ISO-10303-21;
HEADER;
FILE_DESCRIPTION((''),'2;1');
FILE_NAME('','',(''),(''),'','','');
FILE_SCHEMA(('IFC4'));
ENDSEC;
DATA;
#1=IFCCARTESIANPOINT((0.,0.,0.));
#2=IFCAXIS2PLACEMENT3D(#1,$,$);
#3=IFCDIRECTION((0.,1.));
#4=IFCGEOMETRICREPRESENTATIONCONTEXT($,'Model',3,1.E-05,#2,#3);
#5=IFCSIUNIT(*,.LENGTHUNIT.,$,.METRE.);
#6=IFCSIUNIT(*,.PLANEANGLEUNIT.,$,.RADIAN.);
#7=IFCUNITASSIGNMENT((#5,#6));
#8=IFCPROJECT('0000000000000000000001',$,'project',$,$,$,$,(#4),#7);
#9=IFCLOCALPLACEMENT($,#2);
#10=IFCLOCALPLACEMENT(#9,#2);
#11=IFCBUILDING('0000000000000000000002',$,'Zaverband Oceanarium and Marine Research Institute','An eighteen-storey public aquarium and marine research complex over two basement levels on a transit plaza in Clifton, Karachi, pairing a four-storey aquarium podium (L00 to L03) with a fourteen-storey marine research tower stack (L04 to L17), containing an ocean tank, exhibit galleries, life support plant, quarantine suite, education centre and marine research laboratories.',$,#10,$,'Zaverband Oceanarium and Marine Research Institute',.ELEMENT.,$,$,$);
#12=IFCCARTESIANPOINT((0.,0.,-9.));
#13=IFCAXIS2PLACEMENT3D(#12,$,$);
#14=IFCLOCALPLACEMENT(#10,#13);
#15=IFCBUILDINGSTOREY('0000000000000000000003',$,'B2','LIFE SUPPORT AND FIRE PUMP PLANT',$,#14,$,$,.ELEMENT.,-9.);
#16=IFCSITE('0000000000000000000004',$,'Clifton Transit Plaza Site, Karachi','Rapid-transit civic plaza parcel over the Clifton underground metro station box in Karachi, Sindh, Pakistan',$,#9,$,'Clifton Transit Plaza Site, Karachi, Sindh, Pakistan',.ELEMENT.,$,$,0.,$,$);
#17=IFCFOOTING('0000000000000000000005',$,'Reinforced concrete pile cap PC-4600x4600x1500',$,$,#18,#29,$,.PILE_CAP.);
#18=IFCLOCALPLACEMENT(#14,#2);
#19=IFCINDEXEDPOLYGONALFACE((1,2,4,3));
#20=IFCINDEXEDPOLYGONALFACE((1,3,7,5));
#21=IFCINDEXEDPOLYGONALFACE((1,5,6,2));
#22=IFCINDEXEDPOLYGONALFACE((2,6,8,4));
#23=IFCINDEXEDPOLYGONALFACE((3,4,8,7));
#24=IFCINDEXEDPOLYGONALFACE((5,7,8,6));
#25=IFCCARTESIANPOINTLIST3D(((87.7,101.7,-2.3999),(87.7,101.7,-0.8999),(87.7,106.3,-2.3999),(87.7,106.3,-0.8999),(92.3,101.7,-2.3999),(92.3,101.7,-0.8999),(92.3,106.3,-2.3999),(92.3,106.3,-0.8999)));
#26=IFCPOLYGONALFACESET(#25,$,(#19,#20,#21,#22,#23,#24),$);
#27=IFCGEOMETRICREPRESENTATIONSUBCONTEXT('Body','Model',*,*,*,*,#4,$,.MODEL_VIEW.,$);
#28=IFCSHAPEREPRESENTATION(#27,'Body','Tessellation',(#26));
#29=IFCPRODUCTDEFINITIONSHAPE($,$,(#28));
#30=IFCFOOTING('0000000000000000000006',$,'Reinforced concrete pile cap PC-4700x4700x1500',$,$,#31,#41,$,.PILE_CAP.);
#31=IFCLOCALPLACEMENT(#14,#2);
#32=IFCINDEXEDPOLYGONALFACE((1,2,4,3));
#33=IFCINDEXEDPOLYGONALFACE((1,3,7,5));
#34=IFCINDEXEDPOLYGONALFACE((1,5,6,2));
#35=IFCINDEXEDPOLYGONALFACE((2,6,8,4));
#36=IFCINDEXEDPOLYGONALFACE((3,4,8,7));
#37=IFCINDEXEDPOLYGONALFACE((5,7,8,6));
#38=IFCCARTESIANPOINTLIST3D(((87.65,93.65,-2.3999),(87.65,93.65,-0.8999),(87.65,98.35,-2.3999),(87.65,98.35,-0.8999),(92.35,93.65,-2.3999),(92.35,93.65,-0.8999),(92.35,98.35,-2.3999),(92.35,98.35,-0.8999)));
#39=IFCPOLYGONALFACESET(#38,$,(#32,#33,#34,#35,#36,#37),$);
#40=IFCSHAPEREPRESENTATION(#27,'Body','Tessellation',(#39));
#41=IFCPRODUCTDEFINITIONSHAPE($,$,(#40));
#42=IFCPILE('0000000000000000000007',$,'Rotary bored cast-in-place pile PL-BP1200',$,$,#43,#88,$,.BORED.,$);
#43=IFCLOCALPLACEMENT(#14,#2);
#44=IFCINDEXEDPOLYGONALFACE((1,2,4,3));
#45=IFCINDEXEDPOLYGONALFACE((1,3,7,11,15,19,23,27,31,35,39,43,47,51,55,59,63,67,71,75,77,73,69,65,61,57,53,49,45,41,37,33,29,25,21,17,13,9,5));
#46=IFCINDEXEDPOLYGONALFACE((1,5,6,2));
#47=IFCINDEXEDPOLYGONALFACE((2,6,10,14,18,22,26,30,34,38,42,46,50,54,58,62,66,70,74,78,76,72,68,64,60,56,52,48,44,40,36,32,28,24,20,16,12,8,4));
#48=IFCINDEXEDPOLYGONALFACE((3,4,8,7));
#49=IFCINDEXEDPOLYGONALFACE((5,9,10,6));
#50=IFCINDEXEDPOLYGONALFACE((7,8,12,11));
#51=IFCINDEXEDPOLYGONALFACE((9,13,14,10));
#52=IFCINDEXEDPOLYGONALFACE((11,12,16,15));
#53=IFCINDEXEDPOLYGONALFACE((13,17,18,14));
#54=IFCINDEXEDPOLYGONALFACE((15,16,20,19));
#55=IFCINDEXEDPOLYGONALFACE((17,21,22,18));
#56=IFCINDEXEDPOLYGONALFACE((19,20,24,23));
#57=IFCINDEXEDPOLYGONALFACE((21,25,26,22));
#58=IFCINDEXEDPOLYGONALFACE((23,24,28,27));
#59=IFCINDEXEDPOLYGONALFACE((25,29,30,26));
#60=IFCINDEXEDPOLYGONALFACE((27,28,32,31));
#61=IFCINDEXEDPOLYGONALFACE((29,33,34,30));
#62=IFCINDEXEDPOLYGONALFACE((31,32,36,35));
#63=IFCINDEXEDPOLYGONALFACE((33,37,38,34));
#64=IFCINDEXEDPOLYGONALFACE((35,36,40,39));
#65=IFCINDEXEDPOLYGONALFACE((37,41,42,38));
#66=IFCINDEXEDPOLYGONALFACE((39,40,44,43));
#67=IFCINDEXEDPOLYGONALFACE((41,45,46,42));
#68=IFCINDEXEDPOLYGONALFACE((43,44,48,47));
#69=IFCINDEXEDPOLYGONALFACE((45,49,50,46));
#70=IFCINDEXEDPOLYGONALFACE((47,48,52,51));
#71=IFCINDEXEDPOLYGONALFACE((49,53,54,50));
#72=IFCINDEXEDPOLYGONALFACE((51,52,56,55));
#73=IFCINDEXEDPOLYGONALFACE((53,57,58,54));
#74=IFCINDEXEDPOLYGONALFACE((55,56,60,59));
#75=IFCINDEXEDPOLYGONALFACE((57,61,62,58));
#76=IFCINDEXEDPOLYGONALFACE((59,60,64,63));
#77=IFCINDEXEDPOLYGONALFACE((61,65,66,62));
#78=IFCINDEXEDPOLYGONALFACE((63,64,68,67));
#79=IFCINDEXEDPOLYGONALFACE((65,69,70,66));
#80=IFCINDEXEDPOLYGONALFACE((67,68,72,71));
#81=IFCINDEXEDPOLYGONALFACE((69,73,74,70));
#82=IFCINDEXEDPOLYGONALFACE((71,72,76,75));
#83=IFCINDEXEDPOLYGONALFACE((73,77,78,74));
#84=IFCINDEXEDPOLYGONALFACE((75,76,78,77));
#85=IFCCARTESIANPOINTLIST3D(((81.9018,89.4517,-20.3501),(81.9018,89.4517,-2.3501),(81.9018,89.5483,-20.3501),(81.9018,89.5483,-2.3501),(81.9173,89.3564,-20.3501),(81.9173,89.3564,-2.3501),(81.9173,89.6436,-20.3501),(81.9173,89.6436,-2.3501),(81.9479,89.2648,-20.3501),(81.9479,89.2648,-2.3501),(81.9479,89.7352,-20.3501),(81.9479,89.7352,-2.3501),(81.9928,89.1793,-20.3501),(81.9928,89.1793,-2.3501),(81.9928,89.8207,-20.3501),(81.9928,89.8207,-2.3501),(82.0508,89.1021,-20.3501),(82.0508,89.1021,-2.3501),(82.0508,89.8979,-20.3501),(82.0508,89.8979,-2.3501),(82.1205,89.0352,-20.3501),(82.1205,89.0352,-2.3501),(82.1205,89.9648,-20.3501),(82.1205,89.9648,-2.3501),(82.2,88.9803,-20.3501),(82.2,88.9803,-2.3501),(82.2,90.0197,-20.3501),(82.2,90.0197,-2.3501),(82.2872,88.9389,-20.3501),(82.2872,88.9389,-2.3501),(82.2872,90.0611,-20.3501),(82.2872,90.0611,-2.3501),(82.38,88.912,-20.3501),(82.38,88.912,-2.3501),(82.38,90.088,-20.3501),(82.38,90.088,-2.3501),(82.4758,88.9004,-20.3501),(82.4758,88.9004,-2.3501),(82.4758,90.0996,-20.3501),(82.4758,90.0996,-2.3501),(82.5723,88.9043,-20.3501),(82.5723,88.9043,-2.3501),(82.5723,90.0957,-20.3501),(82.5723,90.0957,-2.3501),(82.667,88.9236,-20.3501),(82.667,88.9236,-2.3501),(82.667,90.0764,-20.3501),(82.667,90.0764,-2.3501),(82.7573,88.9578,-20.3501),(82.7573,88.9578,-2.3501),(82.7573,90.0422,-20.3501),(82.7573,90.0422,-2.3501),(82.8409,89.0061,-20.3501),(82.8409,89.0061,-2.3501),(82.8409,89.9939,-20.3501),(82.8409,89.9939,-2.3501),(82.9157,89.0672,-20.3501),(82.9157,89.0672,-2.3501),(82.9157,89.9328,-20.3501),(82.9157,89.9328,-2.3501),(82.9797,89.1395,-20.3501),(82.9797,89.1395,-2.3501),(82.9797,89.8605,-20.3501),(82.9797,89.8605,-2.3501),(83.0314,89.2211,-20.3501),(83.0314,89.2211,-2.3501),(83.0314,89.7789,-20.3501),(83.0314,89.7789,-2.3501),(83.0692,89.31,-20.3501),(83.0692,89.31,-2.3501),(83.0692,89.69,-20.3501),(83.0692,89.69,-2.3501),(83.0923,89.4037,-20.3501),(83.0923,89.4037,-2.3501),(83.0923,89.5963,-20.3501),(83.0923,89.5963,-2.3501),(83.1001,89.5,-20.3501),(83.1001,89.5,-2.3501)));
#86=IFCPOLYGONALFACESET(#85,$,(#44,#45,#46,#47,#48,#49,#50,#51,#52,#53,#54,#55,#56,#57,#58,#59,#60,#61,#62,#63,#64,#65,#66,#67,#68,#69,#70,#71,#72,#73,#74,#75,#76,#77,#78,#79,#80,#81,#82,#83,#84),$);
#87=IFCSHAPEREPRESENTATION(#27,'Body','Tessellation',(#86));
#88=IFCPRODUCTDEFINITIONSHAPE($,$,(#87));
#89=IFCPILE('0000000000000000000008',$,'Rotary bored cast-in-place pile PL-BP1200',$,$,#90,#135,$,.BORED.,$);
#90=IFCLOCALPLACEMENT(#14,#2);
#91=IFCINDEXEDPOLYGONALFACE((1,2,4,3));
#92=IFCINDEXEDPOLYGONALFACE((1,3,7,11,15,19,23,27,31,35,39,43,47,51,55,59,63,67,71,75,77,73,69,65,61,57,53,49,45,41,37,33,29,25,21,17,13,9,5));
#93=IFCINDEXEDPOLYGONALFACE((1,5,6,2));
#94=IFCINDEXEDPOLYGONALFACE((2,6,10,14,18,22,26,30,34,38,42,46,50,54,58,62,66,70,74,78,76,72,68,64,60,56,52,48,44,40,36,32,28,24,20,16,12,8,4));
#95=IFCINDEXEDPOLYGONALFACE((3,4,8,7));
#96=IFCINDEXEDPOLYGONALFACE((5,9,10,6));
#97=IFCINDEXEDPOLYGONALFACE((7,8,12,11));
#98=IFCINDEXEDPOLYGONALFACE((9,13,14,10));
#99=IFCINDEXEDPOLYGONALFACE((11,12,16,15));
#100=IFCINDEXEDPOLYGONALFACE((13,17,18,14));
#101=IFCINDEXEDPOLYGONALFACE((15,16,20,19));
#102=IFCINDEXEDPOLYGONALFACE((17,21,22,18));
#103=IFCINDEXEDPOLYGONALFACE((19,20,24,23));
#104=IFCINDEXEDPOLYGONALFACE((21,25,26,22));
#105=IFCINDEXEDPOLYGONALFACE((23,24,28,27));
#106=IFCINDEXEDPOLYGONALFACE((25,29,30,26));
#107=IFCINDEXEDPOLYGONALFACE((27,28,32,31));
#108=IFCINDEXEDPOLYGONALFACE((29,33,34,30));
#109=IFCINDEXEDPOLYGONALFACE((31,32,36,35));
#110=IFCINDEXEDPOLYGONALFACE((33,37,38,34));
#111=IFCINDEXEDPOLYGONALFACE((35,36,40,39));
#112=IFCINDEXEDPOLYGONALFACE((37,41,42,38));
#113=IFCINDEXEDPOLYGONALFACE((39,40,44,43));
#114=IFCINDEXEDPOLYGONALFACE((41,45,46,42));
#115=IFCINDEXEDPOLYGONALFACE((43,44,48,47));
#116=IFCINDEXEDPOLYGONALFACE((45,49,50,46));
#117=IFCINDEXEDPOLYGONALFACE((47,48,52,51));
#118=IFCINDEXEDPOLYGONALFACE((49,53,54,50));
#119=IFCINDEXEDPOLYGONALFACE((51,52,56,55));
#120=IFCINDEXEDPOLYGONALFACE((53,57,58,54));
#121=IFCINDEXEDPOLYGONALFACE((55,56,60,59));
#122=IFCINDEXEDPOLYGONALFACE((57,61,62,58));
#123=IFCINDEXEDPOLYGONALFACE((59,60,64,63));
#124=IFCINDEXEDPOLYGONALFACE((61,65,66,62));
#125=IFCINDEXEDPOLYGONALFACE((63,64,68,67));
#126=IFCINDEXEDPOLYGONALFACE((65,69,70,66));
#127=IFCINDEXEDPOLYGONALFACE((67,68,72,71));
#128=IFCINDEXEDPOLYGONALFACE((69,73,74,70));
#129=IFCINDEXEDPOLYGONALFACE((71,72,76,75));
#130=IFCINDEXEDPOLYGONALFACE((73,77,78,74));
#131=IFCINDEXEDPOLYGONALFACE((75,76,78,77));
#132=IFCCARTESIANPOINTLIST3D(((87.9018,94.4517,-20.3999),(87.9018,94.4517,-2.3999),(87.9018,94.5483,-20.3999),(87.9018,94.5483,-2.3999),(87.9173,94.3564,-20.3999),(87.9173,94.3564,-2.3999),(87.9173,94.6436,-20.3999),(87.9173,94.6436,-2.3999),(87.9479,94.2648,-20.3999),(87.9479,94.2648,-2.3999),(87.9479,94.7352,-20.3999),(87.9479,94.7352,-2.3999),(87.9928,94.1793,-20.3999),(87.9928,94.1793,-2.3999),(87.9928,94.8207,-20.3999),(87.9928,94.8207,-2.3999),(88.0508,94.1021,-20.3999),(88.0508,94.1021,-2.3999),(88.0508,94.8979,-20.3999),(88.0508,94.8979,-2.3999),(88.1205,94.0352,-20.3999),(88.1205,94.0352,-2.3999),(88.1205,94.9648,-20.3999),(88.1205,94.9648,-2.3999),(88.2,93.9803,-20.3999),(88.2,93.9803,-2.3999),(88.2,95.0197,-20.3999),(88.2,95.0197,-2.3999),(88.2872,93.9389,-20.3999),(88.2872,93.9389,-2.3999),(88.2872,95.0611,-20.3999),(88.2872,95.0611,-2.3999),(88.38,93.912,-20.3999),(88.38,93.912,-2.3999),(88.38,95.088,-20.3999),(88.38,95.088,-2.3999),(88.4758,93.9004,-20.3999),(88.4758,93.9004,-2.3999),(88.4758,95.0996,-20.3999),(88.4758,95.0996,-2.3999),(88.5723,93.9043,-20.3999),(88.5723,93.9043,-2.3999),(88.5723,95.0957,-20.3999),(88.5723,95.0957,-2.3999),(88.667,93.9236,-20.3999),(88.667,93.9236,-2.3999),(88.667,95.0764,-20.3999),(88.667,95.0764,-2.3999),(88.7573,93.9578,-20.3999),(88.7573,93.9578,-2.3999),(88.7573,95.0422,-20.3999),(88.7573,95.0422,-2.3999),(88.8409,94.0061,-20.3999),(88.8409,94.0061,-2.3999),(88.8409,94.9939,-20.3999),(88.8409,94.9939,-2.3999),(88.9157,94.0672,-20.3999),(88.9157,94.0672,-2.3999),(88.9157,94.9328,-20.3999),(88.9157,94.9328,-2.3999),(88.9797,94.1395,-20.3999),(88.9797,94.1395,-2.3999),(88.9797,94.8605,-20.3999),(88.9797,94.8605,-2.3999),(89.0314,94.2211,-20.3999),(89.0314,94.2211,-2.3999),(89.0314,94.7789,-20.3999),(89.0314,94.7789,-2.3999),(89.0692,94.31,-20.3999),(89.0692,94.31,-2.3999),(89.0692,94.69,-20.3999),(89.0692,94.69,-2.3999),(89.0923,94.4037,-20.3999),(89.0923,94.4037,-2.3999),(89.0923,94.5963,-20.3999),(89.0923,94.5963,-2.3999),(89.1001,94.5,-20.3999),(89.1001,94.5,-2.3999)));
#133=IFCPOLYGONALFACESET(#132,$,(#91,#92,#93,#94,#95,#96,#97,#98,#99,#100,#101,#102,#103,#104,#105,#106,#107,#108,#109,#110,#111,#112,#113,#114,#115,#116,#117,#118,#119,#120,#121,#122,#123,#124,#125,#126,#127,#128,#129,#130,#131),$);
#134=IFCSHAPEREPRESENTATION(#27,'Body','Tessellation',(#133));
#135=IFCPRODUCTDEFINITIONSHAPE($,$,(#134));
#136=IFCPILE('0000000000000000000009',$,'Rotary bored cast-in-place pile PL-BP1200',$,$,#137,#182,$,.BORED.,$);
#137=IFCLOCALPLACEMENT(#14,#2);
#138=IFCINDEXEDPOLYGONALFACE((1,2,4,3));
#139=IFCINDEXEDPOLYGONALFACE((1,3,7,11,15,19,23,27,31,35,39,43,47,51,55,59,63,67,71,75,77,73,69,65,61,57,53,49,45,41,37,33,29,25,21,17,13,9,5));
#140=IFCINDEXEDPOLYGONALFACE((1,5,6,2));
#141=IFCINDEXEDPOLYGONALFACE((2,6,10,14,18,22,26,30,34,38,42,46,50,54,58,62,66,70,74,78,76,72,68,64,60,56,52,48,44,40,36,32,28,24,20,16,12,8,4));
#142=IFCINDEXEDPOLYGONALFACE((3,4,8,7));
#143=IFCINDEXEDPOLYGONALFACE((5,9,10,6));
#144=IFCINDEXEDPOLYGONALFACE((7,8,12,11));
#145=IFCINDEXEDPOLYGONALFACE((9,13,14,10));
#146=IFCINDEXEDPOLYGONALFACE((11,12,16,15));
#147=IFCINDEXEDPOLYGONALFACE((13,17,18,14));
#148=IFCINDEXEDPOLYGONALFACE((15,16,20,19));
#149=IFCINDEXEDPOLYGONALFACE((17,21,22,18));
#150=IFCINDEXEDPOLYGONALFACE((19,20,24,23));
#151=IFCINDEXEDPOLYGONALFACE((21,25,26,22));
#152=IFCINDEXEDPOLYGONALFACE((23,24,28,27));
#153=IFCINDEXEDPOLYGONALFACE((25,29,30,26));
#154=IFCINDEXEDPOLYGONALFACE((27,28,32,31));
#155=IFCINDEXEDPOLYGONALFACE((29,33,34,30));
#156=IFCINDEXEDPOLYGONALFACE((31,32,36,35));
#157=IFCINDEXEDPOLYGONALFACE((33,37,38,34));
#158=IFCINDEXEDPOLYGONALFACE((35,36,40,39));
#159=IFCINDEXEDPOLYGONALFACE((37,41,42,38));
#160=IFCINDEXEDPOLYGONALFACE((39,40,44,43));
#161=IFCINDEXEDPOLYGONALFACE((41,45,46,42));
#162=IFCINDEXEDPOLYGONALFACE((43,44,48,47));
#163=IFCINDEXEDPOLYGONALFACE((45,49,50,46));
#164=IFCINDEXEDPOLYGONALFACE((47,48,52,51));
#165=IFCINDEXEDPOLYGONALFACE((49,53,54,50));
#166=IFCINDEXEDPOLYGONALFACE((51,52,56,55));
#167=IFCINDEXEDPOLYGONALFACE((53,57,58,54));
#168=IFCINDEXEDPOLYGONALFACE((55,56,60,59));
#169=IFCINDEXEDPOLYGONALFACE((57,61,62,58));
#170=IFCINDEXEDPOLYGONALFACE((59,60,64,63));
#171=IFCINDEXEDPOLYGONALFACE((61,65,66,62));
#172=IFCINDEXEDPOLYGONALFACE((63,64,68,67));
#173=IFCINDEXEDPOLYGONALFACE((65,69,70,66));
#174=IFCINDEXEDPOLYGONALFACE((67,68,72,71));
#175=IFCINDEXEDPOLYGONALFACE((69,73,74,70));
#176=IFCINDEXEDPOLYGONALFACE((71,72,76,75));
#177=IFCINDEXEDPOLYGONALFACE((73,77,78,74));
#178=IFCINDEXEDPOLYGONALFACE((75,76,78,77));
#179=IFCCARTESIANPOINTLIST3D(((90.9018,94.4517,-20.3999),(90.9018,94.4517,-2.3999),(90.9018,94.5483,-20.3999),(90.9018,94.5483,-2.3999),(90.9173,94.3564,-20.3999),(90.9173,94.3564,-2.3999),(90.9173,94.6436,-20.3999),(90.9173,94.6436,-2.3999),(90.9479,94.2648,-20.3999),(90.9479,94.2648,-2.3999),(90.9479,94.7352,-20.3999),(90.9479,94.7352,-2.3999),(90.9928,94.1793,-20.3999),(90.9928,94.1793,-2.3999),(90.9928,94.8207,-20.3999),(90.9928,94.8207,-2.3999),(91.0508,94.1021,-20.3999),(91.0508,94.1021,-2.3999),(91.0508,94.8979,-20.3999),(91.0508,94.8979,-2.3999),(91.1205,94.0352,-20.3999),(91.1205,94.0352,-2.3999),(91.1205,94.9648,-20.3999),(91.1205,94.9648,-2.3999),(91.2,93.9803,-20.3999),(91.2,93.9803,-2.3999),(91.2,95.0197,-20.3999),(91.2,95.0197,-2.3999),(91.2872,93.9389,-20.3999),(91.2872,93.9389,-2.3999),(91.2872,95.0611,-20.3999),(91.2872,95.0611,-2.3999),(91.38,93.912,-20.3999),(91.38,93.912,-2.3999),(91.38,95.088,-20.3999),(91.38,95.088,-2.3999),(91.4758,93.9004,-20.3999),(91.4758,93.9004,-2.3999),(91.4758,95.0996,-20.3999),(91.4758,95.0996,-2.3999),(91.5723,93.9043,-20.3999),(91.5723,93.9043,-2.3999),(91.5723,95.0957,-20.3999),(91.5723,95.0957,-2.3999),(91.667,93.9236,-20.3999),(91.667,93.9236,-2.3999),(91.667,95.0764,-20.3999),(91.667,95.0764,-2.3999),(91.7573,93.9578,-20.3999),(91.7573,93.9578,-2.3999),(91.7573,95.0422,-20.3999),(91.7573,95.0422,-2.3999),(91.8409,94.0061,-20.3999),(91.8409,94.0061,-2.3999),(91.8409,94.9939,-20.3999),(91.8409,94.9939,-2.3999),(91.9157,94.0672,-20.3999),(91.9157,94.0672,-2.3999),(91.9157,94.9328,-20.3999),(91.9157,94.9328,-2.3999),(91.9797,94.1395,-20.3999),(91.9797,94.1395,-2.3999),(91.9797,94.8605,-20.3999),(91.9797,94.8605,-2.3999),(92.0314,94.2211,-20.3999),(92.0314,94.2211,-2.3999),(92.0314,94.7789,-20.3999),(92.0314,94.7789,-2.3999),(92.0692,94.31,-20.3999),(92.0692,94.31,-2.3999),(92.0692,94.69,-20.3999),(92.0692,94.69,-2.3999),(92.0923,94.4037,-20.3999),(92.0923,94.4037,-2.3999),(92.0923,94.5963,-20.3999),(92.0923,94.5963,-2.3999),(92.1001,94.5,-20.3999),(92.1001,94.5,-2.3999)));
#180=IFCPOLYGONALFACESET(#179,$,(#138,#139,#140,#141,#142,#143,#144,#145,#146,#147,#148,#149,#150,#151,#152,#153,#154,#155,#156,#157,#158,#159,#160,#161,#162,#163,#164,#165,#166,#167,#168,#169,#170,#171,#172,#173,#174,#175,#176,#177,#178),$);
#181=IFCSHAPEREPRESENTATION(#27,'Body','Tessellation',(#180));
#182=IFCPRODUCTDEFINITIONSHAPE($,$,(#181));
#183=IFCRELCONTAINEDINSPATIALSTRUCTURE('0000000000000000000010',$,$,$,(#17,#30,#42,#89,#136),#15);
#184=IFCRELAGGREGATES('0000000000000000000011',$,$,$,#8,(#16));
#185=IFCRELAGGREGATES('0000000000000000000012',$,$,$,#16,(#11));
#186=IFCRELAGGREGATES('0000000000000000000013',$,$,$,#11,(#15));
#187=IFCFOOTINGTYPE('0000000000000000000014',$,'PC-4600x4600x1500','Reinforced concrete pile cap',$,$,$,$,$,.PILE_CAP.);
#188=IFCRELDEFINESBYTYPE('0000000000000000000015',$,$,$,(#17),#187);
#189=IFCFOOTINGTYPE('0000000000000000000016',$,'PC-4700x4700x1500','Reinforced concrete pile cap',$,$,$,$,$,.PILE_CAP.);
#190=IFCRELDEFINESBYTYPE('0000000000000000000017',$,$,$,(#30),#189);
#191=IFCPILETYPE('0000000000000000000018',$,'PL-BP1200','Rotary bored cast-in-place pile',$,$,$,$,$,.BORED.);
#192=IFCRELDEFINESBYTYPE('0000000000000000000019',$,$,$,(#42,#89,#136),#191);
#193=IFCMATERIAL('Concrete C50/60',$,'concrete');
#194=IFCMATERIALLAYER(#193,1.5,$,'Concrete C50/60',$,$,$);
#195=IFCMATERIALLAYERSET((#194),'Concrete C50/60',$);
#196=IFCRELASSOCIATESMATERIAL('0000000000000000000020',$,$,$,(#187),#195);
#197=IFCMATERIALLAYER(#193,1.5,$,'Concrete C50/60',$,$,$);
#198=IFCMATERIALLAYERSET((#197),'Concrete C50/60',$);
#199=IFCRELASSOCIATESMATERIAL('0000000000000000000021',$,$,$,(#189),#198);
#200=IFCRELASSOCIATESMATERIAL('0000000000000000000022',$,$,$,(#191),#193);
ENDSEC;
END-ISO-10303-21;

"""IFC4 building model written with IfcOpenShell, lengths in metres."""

from ifc_helpers import new_model, si_unit, direction, frame, origin, origin_2d, place, context, subcontext, project, spatial, rectangle, circle, extrude, material, layer, layer_set, material_profile, profile_set, type_object, element, save


model = new_model("IFC4")

# Units and contexts
model_context = context("Model", 3, precision=1e-05, world=origin(), true_north=direction((0.0, 1.0)))
body_context = subcontext(model_context, "Body", "Model", "MODEL_VIEW")
ifc_project = project(units=[si_unit("LENGTHUNIT", "METRE"), si_unit("PLANEANGLEUNIT", "RADIAN")], contexts=[model_context])

# Site, building, storey
site_placement = place(None, origin())
site = spatial("IfcSite", under=ifc_project, at=site_placement, Name="Clifton Transit Plaza Site, Karachi", Description="Rapid-transit civic plaza parcel over the Clifton underground metro station box in Karachi, Sindh, Pakistan", LongName="Clifton Transit Plaza Site, Karachi, Sindh, Pakistan", CompositionType="ELEMENT", RefElevation=0.0)
building_placement = place(site_placement, origin())
building = spatial("IfcBuilding", under=site, at=building_placement, Name="Zaverband Oceanarium and Marine Research Institute", Description="An eighteen-storey public aquarium and marine research complex over two basement levels on a transit plaza in Clifton, Karachi, pairing a four-storey aquarium podium (L00 to L03) with a fourteen-storey marine research tower stack (L04 to L17), containing an ocean tank, exhibit galleries, life support plant, quarantine suite, education centre and marine research laboratories.", LongName="Zaverband Oceanarium and Marine Research Institute", CompositionType="ELEMENT")
storey_placement = place(building_placement, frame((0.0, 0.0, -9.0)))
storey = spatial("IfcBuildingStorey", under=building, at=storey_placement, Name="B2", Description="LIFE SUPPORT AND FIRE PUMP PLANT", CompositionType="ELEMENT", Elevation=-9.0)

# Footings
ifc_material_1 = material(Name="Concrete C50/60", Category="concrete")
ifc_layer_1 = layer(ifc_material_1, 1.5, Name="Concrete C50/60")
ifc_layer_set_1 = layer_set([ifc_layer_1], Name="Concrete C50/60")
footing_type_1 = type_object("IfcFootingType", Name="PC-4600x4600x1500", Description="Reinforced concrete pile cap", PredefinedType="PILE_CAP", material=ifc_layer_set_1)
footing_1_placement = place(storey_placement, frame((90.0, 104.0, -2.3999), z_axis=(0.0, 0.0, 1.0), x_axis=(1.0, 0.0, 0.0)))
element("IfcFooting", 1, at=footing_1_placement, inside=storey, type_object=footing_type_1, Name="Reinforced concrete pile cap PC-4600x4600x1500", PredefinedType="PILE_CAP", context=body_context, shape_type="SweptSolid", body=[
    extrude(rectangle(XDim=4.6001, YDim=4.6001, at=origin_2d()), origin(), (0.0, 0.0, 1.0), 1.5),
])
ifc_layer_2 = layer(ifc_material_1, 1.5, Name="Concrete C50/60")
ifc_layer_set_2 = layer_set([ifc_layer_2], Name="Concrete C50/60")
footing_type_2 = type_object("IfcFootingType", Name="PC-4700x4700x1500", Description="Reinforced concrete pile cap", PredefinedType="PILE_CAP", material=ifc_layer_set_2)
footing_2_placement = place(storey_placement, frame((90.0, 96.0, -2.3999), z_axis=(0.0, 0.0, 1.0), x_axis=(1.0, 0.0, 0.0)))
element("IfcFooting", 2, at=footing_2_placement, inside=storey, type_object=footing_type_2, Name="Reinforced concrete pile cap PC-4700x4700x1500", PredefinedType="PILE_CAP", context=body_context, shape_type="SweptSolid", body=[
    extrude(rectangle(XDim=4.7, YDim=4.7, at=origin_2d()), origin(), (0.0, 0.0, 1.0), 1.5),
])

# Piles
ifc_material_profile_1 = material_profile(ifc_material_1, circle(Radius=0.6001, at=origin_2d()), Name="BP1200")
ifc_profile_set_1 = profile_set([ifc_material_profile_1], Name="Concrete C50/60")
pile_type = type_object("IfcPileType", Name="PL-BP1200", Description="Rotary bored cast-in-place pile", PredefinedType="BORED", material=ifc_profile_set_1)
for number, where, z_axis, x_axis, name in (
    (3, (82.5, 89.5, -2.3501), (0.0, 0.0, -1.0), (1.0, 0.0, 0.0), "Rotary bored cast-in-place pile PL-BP1200"),
    (4, (88.5, 94.5, -2.3999), (0.0, 0.0, -1.0), (1.0, 0.0, 0.0), "Rotary bored cast-in-place pile PL-BP1200"),
    (5, (91.5, 94.5, -2.3999), (0.0, 0.0, -1.0), (1.0, 0.0, 0.0), "Rotary bored cast-in-place pile PL-BP1200"),
):
    element("IfcPile", number, at=place(storey_placement, frame(where, z_axis=z_axis, x_axis=x_axis)), inside=storey, type_object=pile_type, Name=name, PredefinedType="BORED", context=body_context, shape_type="SweptSolid", body=[
        extrude(circle(Radius=0.6001, at=origin_2d()), origin(), (0.0, 0.0, 1.0), 18.0),
    ])

save(model, "model.ifc")
